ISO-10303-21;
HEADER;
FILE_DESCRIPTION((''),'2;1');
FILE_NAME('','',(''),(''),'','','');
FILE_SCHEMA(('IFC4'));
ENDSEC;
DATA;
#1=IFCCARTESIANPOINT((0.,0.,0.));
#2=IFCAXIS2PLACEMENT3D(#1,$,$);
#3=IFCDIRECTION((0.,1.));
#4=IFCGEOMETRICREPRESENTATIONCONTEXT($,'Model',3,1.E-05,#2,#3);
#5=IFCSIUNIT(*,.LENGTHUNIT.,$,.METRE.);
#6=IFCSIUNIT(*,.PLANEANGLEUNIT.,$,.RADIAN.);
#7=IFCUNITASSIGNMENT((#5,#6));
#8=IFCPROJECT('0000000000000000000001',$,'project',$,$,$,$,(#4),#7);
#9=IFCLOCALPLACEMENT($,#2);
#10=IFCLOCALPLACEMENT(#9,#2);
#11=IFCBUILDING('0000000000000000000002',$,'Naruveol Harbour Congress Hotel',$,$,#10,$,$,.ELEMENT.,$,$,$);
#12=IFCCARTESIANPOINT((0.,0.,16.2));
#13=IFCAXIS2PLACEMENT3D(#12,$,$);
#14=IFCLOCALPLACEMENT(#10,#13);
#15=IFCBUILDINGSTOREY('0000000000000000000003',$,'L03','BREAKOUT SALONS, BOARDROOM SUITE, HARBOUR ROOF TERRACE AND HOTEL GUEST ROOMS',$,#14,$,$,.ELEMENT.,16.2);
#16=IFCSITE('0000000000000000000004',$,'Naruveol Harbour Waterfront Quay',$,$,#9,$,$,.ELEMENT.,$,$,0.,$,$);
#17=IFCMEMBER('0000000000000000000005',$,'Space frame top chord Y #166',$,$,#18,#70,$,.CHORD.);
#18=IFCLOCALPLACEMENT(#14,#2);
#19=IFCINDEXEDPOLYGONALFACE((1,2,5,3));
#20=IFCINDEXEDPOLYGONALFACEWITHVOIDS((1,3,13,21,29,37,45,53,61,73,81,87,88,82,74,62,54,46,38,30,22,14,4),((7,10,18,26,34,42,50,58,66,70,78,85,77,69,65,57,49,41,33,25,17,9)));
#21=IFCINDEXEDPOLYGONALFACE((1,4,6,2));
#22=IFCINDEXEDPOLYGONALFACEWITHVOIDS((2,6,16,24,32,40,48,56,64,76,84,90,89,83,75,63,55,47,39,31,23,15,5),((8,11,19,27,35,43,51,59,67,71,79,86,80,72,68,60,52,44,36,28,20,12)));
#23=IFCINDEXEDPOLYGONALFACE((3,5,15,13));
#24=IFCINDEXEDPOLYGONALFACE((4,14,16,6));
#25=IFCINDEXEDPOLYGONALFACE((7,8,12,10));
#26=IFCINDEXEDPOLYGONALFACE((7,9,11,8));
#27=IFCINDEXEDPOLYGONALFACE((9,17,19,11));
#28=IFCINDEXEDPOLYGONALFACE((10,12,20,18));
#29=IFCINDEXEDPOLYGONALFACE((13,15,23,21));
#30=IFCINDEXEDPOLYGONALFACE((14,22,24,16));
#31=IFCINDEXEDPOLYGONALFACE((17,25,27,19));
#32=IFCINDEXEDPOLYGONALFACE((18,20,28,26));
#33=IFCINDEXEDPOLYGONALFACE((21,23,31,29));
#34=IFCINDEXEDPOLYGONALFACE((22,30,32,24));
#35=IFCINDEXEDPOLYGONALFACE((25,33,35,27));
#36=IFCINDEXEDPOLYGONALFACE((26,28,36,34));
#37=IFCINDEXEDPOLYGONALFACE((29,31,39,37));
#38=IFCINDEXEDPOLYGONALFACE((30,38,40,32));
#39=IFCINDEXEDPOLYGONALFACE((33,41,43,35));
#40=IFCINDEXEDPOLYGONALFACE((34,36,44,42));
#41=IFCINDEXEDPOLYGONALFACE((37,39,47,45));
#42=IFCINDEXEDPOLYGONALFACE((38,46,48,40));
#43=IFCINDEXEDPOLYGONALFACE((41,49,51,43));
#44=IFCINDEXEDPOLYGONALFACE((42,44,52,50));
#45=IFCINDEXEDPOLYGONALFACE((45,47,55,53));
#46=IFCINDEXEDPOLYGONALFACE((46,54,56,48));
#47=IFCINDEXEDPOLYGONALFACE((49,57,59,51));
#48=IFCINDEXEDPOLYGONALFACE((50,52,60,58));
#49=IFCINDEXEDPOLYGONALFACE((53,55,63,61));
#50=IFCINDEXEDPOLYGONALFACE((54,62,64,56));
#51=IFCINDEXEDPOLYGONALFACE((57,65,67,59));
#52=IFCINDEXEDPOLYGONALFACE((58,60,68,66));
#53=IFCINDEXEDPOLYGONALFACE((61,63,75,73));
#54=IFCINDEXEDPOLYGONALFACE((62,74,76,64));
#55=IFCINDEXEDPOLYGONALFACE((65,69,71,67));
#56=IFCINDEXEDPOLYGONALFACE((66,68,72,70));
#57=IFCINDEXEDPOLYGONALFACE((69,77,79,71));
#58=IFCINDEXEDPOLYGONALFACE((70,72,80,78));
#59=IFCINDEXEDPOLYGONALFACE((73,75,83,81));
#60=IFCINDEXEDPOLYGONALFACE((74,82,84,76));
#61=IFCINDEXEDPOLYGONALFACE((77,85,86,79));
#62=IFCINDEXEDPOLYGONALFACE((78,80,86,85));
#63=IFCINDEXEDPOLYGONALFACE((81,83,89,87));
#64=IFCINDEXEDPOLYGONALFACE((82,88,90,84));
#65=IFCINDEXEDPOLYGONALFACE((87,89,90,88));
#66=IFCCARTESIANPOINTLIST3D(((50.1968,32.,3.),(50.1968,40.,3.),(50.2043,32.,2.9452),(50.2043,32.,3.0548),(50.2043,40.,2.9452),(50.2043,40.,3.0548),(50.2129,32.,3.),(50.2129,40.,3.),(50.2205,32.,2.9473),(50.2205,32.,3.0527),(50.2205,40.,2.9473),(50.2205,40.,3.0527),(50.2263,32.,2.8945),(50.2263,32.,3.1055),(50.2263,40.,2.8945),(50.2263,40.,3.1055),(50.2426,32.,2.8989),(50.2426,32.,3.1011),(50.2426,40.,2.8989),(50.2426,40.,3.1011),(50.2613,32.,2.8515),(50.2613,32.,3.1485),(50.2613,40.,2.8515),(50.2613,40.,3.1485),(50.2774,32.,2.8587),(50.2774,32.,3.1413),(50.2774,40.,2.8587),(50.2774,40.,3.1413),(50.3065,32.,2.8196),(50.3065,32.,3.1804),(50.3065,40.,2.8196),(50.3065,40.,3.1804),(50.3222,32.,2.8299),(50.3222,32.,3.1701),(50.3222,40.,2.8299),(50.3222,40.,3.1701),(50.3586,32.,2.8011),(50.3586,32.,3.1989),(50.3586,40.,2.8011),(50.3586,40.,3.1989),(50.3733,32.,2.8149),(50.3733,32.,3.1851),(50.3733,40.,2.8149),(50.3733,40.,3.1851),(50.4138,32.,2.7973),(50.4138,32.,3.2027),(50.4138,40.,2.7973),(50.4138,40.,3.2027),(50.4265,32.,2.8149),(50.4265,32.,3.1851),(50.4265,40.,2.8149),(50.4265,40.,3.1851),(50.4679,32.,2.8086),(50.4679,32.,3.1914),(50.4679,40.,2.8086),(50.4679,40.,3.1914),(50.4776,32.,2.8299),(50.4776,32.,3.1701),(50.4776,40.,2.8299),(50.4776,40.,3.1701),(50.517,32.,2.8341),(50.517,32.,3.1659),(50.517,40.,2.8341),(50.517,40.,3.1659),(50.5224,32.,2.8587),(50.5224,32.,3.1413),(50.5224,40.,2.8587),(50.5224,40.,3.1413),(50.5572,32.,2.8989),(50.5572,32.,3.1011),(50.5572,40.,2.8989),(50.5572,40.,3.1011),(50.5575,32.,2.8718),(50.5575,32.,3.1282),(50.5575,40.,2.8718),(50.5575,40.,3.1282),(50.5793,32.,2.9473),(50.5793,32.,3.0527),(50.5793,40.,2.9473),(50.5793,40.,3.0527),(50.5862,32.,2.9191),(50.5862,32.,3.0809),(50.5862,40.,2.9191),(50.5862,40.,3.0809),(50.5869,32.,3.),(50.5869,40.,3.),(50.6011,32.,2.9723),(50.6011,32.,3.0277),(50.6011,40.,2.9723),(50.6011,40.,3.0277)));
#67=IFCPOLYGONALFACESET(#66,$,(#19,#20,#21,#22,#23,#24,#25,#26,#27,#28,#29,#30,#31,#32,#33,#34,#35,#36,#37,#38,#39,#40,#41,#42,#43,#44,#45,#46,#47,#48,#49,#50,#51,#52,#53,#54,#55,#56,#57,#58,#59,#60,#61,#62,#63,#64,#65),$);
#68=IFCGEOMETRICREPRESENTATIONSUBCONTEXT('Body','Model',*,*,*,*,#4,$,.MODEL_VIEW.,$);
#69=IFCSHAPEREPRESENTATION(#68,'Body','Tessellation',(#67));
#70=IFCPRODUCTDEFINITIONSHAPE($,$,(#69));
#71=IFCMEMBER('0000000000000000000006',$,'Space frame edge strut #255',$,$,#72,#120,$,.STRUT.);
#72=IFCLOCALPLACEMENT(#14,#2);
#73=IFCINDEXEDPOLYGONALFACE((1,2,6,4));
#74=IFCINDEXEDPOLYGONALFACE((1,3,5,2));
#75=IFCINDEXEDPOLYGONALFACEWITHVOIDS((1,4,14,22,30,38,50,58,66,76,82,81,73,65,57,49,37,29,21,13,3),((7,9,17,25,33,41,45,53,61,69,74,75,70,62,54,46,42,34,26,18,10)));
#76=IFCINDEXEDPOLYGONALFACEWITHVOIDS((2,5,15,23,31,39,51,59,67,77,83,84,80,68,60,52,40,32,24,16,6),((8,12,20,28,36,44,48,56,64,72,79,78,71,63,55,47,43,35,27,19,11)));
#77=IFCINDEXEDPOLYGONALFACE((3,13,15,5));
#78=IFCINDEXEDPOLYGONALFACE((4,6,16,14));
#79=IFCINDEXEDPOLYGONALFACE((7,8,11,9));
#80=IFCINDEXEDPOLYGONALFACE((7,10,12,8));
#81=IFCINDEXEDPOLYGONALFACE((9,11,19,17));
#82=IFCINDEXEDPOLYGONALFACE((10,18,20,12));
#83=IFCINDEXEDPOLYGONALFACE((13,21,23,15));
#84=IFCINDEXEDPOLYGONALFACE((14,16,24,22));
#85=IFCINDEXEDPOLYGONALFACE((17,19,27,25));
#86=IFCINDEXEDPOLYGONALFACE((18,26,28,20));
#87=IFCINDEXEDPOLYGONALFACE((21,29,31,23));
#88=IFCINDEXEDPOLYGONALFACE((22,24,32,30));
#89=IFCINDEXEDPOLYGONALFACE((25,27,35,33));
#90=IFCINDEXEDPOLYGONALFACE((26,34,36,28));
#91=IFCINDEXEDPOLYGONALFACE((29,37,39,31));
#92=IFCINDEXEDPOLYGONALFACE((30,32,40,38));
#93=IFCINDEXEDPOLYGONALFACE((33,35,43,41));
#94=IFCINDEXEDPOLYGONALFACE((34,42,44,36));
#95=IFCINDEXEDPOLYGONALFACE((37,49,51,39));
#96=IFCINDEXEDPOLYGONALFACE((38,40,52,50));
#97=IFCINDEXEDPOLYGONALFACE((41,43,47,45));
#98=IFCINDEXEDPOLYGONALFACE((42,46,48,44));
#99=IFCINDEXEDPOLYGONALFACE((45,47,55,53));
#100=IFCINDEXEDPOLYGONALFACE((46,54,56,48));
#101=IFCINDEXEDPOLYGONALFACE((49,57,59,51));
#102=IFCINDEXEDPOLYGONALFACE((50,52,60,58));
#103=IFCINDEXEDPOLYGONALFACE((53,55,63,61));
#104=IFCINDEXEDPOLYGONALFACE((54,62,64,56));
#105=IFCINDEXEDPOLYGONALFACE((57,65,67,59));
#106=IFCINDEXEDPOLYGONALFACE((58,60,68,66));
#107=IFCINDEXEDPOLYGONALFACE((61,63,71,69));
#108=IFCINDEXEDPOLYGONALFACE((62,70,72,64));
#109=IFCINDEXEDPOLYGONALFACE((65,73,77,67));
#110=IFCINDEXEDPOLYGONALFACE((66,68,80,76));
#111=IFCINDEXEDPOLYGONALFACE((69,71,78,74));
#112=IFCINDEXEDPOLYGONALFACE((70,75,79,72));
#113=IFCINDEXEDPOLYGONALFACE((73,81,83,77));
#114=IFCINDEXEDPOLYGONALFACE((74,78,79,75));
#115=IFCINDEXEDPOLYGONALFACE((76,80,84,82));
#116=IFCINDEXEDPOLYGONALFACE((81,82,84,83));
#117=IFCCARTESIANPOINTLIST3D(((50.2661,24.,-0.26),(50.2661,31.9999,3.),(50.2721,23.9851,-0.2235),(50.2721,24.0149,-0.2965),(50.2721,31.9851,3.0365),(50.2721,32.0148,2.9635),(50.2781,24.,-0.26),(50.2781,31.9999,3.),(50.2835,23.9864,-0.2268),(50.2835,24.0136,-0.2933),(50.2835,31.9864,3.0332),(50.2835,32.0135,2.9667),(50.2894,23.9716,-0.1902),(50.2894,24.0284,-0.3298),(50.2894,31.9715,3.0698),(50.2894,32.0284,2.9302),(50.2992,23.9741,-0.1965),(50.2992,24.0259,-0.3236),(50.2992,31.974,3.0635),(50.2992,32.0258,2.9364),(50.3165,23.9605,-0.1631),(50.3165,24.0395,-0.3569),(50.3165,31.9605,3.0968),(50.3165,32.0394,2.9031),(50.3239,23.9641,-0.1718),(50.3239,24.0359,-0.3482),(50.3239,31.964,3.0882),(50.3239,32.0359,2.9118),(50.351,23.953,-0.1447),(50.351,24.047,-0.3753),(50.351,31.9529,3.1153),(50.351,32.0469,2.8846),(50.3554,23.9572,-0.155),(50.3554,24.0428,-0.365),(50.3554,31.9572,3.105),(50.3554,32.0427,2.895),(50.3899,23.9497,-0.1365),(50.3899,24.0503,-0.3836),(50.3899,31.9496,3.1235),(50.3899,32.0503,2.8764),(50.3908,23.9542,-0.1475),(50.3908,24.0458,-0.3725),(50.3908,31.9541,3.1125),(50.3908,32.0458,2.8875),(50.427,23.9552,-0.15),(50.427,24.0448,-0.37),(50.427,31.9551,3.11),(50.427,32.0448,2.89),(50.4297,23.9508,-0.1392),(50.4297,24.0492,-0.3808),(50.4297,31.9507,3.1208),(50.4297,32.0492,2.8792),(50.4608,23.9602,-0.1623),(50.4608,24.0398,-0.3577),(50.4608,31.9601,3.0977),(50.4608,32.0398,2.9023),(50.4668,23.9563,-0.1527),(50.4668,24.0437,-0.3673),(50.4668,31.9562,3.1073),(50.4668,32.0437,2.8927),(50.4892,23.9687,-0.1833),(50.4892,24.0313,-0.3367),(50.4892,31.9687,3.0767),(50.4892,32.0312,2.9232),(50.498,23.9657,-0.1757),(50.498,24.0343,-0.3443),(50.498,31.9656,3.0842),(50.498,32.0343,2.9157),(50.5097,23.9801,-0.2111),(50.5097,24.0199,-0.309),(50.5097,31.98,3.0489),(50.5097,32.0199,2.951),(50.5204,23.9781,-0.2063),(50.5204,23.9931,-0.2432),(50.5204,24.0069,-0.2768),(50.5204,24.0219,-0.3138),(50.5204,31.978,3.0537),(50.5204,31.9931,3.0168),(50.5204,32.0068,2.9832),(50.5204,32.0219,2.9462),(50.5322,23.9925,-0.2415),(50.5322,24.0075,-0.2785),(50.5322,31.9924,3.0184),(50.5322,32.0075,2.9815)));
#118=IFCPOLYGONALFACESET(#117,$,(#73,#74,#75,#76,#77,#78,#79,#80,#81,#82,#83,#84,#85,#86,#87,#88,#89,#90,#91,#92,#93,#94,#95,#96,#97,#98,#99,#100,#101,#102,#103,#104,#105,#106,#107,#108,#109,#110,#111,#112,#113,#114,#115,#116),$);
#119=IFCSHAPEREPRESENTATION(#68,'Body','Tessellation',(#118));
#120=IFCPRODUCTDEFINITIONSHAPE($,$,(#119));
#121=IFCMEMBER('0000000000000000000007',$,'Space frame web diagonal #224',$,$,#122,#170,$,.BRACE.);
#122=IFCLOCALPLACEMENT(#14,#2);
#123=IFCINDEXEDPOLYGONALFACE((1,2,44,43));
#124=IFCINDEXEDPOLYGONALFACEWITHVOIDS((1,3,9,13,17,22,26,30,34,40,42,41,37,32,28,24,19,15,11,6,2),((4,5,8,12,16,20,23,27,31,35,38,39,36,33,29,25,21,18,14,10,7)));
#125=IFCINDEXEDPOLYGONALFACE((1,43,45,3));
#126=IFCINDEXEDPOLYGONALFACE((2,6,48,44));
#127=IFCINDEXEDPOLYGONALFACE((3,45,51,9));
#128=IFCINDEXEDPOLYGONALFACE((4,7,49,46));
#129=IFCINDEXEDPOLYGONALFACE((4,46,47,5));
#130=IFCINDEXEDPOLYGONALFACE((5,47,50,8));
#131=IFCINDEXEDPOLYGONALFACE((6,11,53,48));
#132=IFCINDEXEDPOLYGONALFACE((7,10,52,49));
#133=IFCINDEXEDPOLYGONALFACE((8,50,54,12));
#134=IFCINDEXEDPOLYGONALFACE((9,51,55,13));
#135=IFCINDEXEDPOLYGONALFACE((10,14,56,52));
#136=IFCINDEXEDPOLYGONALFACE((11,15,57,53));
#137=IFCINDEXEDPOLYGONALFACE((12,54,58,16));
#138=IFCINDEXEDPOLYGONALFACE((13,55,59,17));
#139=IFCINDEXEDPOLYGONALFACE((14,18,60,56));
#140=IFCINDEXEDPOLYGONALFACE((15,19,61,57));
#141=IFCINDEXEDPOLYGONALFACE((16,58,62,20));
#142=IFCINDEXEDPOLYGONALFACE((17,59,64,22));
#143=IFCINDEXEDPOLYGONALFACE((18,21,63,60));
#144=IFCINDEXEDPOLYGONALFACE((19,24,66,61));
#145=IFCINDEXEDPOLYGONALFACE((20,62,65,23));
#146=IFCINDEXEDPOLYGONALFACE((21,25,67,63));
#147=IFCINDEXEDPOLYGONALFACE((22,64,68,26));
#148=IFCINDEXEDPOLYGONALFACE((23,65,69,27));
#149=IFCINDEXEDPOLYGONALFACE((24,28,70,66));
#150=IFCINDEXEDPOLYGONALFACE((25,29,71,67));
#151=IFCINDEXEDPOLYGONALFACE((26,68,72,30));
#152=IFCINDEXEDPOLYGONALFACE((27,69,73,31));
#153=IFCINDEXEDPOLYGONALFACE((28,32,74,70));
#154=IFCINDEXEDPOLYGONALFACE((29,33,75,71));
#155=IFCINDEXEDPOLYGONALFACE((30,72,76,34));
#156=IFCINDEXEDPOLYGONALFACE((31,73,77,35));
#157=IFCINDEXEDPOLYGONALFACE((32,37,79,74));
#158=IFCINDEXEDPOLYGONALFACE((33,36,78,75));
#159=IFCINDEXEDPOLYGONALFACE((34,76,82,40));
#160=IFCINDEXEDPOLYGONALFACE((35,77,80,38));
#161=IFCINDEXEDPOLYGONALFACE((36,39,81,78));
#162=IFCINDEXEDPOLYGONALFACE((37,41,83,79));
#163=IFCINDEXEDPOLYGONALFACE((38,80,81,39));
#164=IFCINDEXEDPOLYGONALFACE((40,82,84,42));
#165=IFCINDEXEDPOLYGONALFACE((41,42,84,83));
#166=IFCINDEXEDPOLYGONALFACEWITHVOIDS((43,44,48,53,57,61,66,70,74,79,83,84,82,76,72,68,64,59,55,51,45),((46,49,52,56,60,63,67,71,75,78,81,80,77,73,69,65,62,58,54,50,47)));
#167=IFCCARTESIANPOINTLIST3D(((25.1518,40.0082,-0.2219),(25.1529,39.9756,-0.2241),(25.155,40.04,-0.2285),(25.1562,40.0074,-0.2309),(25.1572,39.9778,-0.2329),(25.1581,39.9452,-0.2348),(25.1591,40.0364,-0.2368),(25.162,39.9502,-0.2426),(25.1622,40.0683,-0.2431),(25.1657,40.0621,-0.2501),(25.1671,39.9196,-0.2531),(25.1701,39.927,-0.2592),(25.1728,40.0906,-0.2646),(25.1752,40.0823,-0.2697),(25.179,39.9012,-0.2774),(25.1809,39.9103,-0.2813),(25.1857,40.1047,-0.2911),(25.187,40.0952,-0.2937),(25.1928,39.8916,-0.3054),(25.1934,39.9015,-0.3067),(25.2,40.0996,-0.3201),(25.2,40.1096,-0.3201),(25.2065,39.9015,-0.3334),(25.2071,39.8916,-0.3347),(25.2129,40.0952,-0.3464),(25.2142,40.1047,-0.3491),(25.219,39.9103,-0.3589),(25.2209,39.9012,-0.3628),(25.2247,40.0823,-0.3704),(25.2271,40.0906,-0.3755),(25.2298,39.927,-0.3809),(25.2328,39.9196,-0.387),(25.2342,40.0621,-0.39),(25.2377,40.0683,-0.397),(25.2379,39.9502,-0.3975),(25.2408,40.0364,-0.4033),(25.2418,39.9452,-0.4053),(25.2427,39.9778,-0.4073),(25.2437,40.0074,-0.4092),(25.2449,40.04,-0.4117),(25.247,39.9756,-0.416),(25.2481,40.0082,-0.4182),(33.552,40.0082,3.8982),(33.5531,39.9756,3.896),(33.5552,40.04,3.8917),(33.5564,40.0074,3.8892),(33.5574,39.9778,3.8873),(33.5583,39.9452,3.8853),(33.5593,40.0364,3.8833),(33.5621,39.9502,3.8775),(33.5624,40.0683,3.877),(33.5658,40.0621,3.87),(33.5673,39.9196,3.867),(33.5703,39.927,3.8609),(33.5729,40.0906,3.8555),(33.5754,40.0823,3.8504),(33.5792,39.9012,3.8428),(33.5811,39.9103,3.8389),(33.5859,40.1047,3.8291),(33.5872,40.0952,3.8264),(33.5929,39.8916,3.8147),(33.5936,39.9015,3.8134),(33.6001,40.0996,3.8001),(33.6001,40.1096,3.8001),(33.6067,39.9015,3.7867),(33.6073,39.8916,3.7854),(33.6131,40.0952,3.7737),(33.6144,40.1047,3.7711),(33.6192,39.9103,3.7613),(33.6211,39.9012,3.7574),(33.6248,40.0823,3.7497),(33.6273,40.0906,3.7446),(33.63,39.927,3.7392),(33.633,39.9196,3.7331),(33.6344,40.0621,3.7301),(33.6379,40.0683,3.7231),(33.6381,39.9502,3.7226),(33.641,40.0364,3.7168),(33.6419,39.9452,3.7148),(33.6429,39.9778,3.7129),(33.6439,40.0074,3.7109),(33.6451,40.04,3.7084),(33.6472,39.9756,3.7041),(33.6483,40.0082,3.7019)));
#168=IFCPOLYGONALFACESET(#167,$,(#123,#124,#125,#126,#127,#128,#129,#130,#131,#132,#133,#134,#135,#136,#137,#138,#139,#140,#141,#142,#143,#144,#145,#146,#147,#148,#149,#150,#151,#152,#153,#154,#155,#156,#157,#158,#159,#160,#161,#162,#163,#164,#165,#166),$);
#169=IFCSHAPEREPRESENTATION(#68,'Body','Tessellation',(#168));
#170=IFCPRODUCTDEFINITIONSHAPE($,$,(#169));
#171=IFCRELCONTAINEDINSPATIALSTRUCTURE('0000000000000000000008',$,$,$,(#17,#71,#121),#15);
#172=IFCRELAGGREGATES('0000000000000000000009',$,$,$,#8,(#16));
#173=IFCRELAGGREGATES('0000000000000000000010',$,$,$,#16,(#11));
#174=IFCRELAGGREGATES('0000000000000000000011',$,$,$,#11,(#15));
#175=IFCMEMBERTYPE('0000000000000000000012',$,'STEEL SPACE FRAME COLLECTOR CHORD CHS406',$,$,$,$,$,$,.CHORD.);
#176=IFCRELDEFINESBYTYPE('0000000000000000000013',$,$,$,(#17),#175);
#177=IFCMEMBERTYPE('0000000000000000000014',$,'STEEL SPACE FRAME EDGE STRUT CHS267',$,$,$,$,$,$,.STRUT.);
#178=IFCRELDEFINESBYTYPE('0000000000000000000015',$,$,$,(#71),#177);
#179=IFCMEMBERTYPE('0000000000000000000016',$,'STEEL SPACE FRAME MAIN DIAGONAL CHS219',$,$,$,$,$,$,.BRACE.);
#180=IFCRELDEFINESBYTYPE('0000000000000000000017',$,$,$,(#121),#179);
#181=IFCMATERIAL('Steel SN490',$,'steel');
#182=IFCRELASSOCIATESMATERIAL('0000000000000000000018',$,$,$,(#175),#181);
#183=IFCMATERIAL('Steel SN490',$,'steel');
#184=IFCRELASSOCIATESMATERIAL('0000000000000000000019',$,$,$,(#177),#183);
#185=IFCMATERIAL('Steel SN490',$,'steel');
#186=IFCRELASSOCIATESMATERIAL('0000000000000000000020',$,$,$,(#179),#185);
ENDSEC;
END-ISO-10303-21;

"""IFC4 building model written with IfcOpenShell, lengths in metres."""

from ifc_helpers import new_model, si_unit, direction, frame, origin, origin_2d, place, context, subcontext, project, spatial, hollow_circle, extrude, material, material_profile, profile_set, type_object, element, save


model = new_model("IFC4")

# Units and contexts
model_context = context("Model", 3, precision=1e-05, world=origin(), true_north=direction((0.0, 1.0)))
body_context = subcontext(model_context, "Body", "Model", "MODEL_VIEW")
ifc_project = project(units=[si_unit("LENGTHUNIT", "METRE"), si_unit("PLANEANGLEUNIT", "RADIAN")], contexts=[model_context])

# Site, building, storey
site_placement = place(None, origin())
site = spatial("IfcSite", under=ifc_project, at=site_placement, Name="Naruveol Harbour Waterfront Quay", CompositionType="ELEMENT", RefElevation=0.0)
building_placement = place(site_placement, origin())
building = spatial("IfcBuilding", under=site, at=building_placement, Name="Naruveol Harbour Congress Hotel", CompositionType="ELEMENT")
storey_placement = place(building_placement, frame((0.0, 0.0, 16.2)))
storey = spatial("IfcBuildingStorey", under=building, at=storey_placement, Name="L03", Description="BREAKOUT SALONS, BOARDROOM SUITE, HARBOUR ROOF TERRACE AND HOTEL GUEST ROOMS", CompositionType="ELEMENT", Elevation=16.2)

# Members
ifc_material_1 = material(Name="Steel SN490", Category="steel")
ifc_material_profile_1 = material_profile(ifc_material_1, hollow_circle(Radius=0.2031, WallThickness=0.0161, at=origin_2d()), Name="CHS-406.4x16")
ifc_profile_set_1 = profile_set([ifc_material_profile_1], Name="Steel SN490")
member_type_1 = type_object("IfcMemberType", Name="STEEL SPACE FRAME COLLECTOR CHORD CHS406", PredefinedType="CHORD", material=ifc_profile_set_1)
for number, where, z_axis, x_axis, name in (
    (1, (50.3999, 32.0, 3.0), (0.0, 1.0, 0.0), (-1.0, 0.0, 0.0), "Space frame top chord Y #166"),
):
    element("IfcMember", number, at=place(storey_placement, frame(where, z_axis=z_axis, x_axis=x_axis)), inside=storey, type_object=member_type_1, Name=name, PredefinedType="CHORD", context=body_context, shape_type="SweptSolid", body=[
        extrude(hollow_circle(Radius=0.2031, WallThickness=0.0161, at=origin_2d()), origin(), (0.0, 0.0, 1.0), 8.0),
    ])
ifc_material_2 = material(Name="Steel SN490", Category="steel")
ifc_material_profile_2 = material_profile(ifc_material_2, hollow_circle(Radius=0.1338, WallThickness=0.012, at=origin_2d()), Name="CHS-267.4x12")
ifc_profile_set_2 = profile_set([ifc_material_profile_2], Name="Steel SN490")
member_type_2 = type_object("IfcMemberType", Name="STEEL SPACE FRAME EDGE STRUT CHS267", PredefinedType="STRUT", material=ifc_profile_set_2)
member_1_placement = place(storey_placement, frame((50.3999, 24.0, -0.26), z_axis=(0.0, 0.926062, 0.377371), x_axis=(-1.0, 0.0, 0.0)))
element("IfcMember", 2, at=member_1_placement, inside=storey, type_object=member_type_2, Name="Space frame edge strut #255", PredefinedType="STRUT", context=body_context, shape_type="SweptSolid", body=[
    extrude(hollow_circle(Radius=0.1338, WallThickness=0.012, at=origin_2d()), origin(), (0.0, 0.0, 1.0), 8.6387),
])
ifc_material_3 = material(Name="Steel SN490", Category="steel")
ifc_material_profile_3 = material_profile(ifc_material_3, hollow_circle(Radius=0.1096, WallThickness=0.01, at=origin_2d()), Name="CHS-219.1x10")
ifc_profile_set_3 = profile_set([ifc_material_profile_3], Name="Steel SN490")
member_type_3 = type_object("IfcMemberType", Name="STEEL SPACE FRAME MAIN DIAGONAL CHS219", PredefinedType="BRACE", material=ifc_profile_set_3)
member_2_placement = place(storey_placement, frame((25.2, 40.0, -0.3201), z_axis=(0.897819, 0.0, 0.440364), x_axis=(0.0, 1.0, 0.0)))
element("IfcMember", 3, at=member_2_placement, inside=storey, type_object=member_type_3, Name="Space frame web diagonal #224", PredefinedType="BRACE", context=body_context, shape_type="SweptSolid", body=[
    extrude(hollow_circle(Radius=0.1096, WallThickness=0.01, at=origin_2d()), origin(), (0.0, 0.0, 1.0), 9.3562),
])

save(model, "model.ifc")
